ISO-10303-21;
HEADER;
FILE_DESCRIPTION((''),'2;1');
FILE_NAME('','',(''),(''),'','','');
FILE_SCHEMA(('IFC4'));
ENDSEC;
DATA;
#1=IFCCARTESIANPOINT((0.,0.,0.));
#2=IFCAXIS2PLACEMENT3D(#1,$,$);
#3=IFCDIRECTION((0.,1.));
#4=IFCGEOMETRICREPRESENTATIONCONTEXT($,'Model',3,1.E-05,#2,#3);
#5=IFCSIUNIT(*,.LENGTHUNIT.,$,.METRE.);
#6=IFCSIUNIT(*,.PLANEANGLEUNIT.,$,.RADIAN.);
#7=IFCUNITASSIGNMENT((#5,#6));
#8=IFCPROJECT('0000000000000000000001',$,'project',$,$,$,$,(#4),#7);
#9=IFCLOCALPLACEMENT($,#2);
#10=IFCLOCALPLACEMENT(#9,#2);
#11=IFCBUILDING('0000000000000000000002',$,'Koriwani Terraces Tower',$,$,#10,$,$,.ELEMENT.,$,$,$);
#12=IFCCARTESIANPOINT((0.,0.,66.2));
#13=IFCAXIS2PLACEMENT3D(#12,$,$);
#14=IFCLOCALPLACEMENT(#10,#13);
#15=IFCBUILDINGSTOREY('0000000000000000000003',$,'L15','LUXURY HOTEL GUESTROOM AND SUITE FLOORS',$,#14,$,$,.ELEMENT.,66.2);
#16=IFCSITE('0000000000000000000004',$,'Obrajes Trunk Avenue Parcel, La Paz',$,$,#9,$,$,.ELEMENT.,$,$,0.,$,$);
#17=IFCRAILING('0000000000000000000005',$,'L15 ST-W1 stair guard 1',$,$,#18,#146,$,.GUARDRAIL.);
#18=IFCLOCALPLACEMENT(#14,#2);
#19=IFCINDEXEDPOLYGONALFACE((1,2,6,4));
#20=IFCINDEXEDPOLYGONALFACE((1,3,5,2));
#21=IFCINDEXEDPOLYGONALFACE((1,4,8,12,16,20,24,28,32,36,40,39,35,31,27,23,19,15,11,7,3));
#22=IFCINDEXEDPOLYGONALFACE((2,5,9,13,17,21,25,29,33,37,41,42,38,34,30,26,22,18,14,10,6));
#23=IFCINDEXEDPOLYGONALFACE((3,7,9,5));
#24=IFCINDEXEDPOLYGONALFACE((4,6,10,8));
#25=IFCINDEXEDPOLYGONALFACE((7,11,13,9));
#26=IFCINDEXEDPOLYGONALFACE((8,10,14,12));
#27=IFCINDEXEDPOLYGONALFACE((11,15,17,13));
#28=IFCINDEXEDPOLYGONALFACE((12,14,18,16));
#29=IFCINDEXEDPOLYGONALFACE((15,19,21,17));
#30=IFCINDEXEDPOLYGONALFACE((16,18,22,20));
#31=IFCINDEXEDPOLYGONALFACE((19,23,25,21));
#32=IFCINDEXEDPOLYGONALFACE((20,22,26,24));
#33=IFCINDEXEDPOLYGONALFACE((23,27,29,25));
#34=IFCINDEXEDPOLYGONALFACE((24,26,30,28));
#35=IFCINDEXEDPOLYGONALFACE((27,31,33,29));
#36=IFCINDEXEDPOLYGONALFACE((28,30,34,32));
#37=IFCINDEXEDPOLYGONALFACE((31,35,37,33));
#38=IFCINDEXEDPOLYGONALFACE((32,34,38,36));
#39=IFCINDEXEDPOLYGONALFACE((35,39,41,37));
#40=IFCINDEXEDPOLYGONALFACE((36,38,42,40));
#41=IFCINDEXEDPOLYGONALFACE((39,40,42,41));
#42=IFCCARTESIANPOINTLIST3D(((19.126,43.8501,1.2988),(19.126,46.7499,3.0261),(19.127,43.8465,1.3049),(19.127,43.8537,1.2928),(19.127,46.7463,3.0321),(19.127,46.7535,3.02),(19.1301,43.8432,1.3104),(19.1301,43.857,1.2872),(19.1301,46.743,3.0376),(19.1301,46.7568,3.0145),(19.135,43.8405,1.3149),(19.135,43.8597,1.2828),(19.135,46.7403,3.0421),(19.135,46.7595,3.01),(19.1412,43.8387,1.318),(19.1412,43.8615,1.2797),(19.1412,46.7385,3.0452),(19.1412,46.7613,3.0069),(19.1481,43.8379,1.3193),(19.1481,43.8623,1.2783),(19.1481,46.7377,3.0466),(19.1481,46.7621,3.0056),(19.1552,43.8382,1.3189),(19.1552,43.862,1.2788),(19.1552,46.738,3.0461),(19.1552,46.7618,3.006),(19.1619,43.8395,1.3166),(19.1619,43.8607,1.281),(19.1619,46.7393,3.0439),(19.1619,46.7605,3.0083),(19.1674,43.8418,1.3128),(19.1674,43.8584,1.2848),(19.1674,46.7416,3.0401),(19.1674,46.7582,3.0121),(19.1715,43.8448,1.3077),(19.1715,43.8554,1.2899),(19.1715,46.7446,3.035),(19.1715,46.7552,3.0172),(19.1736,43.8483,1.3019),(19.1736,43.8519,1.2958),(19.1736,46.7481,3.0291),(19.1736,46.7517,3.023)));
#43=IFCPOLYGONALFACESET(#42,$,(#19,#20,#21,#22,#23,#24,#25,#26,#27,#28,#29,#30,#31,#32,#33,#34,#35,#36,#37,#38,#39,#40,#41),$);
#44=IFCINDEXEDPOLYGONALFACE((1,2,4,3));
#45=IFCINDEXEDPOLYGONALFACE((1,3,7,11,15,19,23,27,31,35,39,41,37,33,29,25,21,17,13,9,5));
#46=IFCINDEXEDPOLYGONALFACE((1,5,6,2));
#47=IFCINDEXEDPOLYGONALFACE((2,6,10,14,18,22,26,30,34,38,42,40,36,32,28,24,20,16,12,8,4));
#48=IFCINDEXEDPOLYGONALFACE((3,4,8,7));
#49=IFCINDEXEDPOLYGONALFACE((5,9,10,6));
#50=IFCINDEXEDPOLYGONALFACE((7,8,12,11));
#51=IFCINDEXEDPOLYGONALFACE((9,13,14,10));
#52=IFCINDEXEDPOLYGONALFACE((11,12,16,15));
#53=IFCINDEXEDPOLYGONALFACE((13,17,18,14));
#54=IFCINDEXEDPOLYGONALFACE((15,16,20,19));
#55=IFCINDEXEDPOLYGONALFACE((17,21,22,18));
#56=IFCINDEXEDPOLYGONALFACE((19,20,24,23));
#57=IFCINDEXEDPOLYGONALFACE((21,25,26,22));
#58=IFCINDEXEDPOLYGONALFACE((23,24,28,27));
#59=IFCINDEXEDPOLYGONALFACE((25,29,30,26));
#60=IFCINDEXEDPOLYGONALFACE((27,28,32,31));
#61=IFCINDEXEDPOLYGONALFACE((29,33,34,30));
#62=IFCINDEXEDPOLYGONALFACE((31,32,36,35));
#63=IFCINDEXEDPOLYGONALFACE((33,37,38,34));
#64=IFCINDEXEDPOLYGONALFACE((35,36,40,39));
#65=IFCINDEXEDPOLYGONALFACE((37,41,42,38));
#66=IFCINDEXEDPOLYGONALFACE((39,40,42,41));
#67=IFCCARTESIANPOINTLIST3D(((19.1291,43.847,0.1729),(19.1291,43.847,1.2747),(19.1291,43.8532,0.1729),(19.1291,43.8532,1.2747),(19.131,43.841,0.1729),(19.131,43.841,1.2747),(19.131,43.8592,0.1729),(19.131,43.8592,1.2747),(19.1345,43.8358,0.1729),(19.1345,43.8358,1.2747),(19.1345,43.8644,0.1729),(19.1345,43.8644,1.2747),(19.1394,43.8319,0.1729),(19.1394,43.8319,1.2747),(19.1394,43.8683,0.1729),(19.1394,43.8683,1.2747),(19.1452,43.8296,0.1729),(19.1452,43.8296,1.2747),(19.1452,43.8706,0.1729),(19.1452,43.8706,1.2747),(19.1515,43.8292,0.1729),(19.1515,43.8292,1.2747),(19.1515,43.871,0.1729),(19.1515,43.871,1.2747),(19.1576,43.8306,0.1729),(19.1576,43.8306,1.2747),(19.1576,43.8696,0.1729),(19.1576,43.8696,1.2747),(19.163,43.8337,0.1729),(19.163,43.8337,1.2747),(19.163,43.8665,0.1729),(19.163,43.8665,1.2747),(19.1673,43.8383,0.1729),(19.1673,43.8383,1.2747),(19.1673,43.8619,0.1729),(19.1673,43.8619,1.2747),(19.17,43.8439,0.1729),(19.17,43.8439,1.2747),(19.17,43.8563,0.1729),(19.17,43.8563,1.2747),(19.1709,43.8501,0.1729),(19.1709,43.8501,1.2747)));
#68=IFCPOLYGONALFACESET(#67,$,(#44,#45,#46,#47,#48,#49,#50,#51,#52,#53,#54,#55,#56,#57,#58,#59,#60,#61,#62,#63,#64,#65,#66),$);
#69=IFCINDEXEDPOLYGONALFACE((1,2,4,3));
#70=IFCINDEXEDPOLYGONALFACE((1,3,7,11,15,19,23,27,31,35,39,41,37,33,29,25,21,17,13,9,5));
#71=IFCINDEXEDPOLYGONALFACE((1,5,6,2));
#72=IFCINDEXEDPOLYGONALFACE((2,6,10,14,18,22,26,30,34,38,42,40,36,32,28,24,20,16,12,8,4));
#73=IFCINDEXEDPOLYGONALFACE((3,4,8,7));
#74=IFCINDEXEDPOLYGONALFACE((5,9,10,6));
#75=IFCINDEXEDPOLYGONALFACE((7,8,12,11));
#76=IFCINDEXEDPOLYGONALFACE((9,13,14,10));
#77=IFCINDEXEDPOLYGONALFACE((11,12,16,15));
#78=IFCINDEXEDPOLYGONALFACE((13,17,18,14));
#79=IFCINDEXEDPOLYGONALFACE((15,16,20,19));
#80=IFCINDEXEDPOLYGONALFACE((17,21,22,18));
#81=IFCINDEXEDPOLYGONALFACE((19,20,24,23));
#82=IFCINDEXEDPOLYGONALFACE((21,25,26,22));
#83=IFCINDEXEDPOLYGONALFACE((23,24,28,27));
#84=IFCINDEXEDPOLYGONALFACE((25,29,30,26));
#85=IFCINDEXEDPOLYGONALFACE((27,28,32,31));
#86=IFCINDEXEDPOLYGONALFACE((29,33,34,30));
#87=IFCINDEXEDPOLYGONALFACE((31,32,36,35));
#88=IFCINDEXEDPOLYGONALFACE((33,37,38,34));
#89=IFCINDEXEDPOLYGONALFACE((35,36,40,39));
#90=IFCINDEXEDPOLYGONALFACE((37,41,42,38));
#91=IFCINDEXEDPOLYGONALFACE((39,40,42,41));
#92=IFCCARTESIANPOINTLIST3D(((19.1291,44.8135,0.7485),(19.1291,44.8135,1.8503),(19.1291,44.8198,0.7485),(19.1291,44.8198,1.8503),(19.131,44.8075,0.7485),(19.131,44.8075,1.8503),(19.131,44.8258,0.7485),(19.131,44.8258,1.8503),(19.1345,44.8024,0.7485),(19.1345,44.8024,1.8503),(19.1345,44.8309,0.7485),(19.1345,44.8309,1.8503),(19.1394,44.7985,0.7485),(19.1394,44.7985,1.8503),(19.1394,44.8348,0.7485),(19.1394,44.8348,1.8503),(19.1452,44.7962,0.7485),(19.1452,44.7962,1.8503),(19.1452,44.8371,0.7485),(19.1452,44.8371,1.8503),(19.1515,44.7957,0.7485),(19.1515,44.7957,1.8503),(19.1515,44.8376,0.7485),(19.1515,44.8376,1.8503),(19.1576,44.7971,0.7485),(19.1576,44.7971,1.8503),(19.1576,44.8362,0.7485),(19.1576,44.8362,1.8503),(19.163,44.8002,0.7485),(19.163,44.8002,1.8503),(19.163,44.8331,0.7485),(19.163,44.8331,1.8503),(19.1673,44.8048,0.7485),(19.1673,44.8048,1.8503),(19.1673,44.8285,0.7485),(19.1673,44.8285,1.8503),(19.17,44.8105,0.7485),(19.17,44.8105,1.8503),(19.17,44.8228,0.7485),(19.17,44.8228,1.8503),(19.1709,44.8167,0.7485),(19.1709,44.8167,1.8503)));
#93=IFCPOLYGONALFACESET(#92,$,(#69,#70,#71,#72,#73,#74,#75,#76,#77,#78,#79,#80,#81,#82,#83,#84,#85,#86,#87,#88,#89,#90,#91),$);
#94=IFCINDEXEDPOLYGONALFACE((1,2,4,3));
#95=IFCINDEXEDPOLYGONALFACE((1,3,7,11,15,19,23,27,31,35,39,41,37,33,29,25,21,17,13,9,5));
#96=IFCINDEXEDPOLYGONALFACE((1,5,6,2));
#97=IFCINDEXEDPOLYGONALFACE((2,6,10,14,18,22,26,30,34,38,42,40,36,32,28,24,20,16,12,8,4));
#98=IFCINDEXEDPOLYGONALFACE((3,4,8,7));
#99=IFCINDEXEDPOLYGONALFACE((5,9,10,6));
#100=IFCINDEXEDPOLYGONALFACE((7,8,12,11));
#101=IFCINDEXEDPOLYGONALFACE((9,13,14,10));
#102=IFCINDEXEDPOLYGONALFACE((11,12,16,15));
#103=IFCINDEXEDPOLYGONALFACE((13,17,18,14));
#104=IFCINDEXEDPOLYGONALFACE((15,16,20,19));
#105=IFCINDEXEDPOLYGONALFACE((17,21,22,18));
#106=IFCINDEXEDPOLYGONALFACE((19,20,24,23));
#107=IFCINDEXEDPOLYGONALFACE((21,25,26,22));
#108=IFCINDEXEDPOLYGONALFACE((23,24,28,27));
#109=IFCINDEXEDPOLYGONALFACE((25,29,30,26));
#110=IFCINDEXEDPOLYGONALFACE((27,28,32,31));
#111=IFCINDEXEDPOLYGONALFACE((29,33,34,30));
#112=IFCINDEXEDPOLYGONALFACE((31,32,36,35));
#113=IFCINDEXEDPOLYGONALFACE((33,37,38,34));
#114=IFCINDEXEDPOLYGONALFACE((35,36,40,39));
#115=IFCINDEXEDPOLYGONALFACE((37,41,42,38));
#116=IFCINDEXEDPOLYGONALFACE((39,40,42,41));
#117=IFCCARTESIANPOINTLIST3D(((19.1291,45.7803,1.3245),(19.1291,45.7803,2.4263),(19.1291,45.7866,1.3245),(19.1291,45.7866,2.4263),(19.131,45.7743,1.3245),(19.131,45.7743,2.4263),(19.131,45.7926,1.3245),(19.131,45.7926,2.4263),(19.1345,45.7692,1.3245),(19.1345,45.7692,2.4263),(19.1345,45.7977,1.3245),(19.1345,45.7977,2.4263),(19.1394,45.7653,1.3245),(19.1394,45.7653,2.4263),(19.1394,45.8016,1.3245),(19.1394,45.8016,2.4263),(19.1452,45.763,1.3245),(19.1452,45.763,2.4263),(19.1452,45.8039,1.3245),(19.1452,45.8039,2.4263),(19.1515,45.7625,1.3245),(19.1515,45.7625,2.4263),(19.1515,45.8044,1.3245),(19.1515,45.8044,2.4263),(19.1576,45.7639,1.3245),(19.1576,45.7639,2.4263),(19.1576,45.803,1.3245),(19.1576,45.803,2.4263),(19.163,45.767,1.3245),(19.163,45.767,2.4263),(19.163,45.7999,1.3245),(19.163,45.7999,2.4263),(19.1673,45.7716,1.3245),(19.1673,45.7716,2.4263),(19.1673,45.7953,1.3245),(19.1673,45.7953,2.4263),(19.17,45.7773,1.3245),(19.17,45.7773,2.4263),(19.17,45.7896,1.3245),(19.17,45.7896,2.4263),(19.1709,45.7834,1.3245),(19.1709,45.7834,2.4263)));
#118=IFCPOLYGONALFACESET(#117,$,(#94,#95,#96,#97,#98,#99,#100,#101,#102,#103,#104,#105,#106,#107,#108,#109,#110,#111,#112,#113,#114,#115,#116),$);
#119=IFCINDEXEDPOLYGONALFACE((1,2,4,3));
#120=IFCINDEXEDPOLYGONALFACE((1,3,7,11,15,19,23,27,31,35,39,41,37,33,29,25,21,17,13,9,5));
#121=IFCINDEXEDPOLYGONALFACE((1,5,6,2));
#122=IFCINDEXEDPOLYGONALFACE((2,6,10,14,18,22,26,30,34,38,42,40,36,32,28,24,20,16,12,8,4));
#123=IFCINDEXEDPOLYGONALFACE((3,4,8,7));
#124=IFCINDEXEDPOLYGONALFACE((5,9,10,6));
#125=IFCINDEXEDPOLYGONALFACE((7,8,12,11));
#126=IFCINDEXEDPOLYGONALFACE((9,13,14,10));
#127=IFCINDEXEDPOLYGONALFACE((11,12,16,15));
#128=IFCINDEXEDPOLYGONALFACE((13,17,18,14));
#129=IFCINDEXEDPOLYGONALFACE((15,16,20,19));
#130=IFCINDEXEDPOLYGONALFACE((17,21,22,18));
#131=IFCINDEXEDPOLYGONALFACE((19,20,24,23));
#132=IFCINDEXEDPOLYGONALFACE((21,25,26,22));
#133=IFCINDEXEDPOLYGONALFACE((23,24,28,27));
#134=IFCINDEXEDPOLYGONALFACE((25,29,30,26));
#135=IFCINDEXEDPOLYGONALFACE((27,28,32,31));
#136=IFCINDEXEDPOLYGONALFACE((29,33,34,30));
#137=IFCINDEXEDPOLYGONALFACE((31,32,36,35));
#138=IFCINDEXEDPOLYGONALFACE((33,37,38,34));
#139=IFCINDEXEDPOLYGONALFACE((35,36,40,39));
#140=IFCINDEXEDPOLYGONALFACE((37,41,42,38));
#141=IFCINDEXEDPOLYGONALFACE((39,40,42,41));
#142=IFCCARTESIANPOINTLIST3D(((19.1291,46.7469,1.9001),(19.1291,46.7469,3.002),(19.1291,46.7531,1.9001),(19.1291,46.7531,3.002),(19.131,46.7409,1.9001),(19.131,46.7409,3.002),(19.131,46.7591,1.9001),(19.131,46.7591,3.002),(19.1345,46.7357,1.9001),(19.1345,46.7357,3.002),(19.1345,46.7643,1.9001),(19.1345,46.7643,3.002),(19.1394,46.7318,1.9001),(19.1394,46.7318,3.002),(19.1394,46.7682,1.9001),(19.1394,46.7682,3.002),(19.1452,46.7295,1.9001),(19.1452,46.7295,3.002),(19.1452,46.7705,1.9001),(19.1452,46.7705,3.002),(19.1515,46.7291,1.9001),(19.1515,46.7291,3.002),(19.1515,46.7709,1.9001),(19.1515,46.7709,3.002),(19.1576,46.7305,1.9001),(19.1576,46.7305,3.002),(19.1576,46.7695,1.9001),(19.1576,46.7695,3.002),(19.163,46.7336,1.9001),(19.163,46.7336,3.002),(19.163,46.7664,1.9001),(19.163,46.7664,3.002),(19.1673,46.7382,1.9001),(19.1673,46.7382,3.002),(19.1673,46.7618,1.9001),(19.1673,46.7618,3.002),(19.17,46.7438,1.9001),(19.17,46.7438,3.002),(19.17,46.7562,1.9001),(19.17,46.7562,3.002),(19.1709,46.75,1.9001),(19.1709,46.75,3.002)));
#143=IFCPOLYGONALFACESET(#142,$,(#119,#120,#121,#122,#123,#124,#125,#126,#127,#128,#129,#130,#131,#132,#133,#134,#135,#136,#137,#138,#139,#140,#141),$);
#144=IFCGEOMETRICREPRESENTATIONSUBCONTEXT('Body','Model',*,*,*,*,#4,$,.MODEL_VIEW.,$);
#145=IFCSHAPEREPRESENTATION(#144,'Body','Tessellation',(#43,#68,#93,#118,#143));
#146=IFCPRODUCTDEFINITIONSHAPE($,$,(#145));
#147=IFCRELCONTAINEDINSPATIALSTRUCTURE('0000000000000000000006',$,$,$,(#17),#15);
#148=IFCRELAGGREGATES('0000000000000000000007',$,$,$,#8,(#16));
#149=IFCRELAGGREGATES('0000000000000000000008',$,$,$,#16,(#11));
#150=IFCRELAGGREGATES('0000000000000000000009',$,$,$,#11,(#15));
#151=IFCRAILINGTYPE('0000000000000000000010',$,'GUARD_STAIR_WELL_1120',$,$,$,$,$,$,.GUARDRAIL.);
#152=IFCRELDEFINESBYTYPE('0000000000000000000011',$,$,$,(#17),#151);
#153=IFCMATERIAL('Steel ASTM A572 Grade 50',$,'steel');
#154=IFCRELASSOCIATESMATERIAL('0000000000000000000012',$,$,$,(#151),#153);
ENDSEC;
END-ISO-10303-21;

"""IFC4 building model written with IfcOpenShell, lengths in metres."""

from ifc_helpers import new_model, si_unit, direction, frame, origin, origin_2d, place, context, subcontext, project, spatial, circle, extrude, material, type_object, element, save


model = new_model("IFC4")

# Units and contexts
model_context = context("Model", 3, precision=1e-05, world=origin(), true_north=direction((0.0, 1.0)))
body_context = subcontext(model_context, "Body", "Model", "MODEL_VIEW")
ifc_project = project(units=[si_unit("LENGTHUNIT", "METRE"), si_unit("PLANEANGLEUNIT", "RADIAN")], contexts=[model_context])

# Site, building, storey
site_placement = place(None, origin())
site = spatial("IfcSite", under=ifc_project, at=site_placement, Name="Obrajes Trunk Avenue Parcel, La Paz", CompositionType="ELEMENT", RefElevation=0.0)
building_placement = place(site_placement, origin())
building = spatial("IfcBuilding", under=site, at=building_placement, Name="Koriwani Terraces Tower", CompositionType="ELEMENT")
storey_placement = place(building_placement, frame((0.0, 0.0, 66.2)))
storey = spatial("IfcBuildingStorey", under=building, at=storey_placement, Name="L15", Description="LUXURY HOTEL GUESTROOM AND SUITE FLOORS", CompositionType="ELEMENT", Elevation=66.2)

# Shared definitions
ifc_material_1 = material(Name="Steel ASTM A572 Grade 50", Category="steel")

# Railing
railing_type = type_object("IfcRailingType", Name="GUARD_STAIR_WELL_1120", PredefinedType="GUARDRAIL", material=ifc_material_1)
railing_1_placement = place(storey_placement, frame((19.1499, 43.8501, 0.1729)))
element("IfcRailing", 1, at=railing_1_placement, inside=storey, type_object=railing_type, Name="L15 ST-W1 stair guard 1", PredefinedType="GUARDRAIL", context=body_context, shape_type="SweptSolid", body=[
    extrude(circle(Radius=0.0239, at=origin_2d()), frame((0.0, 0.0, 1.126), z_axis=(0.0, 0.859141, 0.511738), x_axis=(-1.0, 0.0, 0.0)), (0.0, 0.0, 1.0), 3.3752),
    extrude(circle(Radius=0.021, at=origin_2d()), origin(), (0.0, 0.0, 1.0), 1.1018),
    extrude(circle(Radius=0.021, at=origin_2d()), frame((0.0, 0.9666, 0.5757)), (0.0, 0.0, 1.0), 1.1018),
    extrude(circle(Radius=0.021, at=origin_2d()), frame((0.0, 1.9333, 1.1516)), (0.0, 0.0, 1.0), 1.1018),
    extrude(circle(Radius=0.021, at=origin_2d()), frame((0.0, 2.8999, 1.7273)), (0.0, 0.0, 1.0), 1.1018),
])

save(model, "model.ifc")
